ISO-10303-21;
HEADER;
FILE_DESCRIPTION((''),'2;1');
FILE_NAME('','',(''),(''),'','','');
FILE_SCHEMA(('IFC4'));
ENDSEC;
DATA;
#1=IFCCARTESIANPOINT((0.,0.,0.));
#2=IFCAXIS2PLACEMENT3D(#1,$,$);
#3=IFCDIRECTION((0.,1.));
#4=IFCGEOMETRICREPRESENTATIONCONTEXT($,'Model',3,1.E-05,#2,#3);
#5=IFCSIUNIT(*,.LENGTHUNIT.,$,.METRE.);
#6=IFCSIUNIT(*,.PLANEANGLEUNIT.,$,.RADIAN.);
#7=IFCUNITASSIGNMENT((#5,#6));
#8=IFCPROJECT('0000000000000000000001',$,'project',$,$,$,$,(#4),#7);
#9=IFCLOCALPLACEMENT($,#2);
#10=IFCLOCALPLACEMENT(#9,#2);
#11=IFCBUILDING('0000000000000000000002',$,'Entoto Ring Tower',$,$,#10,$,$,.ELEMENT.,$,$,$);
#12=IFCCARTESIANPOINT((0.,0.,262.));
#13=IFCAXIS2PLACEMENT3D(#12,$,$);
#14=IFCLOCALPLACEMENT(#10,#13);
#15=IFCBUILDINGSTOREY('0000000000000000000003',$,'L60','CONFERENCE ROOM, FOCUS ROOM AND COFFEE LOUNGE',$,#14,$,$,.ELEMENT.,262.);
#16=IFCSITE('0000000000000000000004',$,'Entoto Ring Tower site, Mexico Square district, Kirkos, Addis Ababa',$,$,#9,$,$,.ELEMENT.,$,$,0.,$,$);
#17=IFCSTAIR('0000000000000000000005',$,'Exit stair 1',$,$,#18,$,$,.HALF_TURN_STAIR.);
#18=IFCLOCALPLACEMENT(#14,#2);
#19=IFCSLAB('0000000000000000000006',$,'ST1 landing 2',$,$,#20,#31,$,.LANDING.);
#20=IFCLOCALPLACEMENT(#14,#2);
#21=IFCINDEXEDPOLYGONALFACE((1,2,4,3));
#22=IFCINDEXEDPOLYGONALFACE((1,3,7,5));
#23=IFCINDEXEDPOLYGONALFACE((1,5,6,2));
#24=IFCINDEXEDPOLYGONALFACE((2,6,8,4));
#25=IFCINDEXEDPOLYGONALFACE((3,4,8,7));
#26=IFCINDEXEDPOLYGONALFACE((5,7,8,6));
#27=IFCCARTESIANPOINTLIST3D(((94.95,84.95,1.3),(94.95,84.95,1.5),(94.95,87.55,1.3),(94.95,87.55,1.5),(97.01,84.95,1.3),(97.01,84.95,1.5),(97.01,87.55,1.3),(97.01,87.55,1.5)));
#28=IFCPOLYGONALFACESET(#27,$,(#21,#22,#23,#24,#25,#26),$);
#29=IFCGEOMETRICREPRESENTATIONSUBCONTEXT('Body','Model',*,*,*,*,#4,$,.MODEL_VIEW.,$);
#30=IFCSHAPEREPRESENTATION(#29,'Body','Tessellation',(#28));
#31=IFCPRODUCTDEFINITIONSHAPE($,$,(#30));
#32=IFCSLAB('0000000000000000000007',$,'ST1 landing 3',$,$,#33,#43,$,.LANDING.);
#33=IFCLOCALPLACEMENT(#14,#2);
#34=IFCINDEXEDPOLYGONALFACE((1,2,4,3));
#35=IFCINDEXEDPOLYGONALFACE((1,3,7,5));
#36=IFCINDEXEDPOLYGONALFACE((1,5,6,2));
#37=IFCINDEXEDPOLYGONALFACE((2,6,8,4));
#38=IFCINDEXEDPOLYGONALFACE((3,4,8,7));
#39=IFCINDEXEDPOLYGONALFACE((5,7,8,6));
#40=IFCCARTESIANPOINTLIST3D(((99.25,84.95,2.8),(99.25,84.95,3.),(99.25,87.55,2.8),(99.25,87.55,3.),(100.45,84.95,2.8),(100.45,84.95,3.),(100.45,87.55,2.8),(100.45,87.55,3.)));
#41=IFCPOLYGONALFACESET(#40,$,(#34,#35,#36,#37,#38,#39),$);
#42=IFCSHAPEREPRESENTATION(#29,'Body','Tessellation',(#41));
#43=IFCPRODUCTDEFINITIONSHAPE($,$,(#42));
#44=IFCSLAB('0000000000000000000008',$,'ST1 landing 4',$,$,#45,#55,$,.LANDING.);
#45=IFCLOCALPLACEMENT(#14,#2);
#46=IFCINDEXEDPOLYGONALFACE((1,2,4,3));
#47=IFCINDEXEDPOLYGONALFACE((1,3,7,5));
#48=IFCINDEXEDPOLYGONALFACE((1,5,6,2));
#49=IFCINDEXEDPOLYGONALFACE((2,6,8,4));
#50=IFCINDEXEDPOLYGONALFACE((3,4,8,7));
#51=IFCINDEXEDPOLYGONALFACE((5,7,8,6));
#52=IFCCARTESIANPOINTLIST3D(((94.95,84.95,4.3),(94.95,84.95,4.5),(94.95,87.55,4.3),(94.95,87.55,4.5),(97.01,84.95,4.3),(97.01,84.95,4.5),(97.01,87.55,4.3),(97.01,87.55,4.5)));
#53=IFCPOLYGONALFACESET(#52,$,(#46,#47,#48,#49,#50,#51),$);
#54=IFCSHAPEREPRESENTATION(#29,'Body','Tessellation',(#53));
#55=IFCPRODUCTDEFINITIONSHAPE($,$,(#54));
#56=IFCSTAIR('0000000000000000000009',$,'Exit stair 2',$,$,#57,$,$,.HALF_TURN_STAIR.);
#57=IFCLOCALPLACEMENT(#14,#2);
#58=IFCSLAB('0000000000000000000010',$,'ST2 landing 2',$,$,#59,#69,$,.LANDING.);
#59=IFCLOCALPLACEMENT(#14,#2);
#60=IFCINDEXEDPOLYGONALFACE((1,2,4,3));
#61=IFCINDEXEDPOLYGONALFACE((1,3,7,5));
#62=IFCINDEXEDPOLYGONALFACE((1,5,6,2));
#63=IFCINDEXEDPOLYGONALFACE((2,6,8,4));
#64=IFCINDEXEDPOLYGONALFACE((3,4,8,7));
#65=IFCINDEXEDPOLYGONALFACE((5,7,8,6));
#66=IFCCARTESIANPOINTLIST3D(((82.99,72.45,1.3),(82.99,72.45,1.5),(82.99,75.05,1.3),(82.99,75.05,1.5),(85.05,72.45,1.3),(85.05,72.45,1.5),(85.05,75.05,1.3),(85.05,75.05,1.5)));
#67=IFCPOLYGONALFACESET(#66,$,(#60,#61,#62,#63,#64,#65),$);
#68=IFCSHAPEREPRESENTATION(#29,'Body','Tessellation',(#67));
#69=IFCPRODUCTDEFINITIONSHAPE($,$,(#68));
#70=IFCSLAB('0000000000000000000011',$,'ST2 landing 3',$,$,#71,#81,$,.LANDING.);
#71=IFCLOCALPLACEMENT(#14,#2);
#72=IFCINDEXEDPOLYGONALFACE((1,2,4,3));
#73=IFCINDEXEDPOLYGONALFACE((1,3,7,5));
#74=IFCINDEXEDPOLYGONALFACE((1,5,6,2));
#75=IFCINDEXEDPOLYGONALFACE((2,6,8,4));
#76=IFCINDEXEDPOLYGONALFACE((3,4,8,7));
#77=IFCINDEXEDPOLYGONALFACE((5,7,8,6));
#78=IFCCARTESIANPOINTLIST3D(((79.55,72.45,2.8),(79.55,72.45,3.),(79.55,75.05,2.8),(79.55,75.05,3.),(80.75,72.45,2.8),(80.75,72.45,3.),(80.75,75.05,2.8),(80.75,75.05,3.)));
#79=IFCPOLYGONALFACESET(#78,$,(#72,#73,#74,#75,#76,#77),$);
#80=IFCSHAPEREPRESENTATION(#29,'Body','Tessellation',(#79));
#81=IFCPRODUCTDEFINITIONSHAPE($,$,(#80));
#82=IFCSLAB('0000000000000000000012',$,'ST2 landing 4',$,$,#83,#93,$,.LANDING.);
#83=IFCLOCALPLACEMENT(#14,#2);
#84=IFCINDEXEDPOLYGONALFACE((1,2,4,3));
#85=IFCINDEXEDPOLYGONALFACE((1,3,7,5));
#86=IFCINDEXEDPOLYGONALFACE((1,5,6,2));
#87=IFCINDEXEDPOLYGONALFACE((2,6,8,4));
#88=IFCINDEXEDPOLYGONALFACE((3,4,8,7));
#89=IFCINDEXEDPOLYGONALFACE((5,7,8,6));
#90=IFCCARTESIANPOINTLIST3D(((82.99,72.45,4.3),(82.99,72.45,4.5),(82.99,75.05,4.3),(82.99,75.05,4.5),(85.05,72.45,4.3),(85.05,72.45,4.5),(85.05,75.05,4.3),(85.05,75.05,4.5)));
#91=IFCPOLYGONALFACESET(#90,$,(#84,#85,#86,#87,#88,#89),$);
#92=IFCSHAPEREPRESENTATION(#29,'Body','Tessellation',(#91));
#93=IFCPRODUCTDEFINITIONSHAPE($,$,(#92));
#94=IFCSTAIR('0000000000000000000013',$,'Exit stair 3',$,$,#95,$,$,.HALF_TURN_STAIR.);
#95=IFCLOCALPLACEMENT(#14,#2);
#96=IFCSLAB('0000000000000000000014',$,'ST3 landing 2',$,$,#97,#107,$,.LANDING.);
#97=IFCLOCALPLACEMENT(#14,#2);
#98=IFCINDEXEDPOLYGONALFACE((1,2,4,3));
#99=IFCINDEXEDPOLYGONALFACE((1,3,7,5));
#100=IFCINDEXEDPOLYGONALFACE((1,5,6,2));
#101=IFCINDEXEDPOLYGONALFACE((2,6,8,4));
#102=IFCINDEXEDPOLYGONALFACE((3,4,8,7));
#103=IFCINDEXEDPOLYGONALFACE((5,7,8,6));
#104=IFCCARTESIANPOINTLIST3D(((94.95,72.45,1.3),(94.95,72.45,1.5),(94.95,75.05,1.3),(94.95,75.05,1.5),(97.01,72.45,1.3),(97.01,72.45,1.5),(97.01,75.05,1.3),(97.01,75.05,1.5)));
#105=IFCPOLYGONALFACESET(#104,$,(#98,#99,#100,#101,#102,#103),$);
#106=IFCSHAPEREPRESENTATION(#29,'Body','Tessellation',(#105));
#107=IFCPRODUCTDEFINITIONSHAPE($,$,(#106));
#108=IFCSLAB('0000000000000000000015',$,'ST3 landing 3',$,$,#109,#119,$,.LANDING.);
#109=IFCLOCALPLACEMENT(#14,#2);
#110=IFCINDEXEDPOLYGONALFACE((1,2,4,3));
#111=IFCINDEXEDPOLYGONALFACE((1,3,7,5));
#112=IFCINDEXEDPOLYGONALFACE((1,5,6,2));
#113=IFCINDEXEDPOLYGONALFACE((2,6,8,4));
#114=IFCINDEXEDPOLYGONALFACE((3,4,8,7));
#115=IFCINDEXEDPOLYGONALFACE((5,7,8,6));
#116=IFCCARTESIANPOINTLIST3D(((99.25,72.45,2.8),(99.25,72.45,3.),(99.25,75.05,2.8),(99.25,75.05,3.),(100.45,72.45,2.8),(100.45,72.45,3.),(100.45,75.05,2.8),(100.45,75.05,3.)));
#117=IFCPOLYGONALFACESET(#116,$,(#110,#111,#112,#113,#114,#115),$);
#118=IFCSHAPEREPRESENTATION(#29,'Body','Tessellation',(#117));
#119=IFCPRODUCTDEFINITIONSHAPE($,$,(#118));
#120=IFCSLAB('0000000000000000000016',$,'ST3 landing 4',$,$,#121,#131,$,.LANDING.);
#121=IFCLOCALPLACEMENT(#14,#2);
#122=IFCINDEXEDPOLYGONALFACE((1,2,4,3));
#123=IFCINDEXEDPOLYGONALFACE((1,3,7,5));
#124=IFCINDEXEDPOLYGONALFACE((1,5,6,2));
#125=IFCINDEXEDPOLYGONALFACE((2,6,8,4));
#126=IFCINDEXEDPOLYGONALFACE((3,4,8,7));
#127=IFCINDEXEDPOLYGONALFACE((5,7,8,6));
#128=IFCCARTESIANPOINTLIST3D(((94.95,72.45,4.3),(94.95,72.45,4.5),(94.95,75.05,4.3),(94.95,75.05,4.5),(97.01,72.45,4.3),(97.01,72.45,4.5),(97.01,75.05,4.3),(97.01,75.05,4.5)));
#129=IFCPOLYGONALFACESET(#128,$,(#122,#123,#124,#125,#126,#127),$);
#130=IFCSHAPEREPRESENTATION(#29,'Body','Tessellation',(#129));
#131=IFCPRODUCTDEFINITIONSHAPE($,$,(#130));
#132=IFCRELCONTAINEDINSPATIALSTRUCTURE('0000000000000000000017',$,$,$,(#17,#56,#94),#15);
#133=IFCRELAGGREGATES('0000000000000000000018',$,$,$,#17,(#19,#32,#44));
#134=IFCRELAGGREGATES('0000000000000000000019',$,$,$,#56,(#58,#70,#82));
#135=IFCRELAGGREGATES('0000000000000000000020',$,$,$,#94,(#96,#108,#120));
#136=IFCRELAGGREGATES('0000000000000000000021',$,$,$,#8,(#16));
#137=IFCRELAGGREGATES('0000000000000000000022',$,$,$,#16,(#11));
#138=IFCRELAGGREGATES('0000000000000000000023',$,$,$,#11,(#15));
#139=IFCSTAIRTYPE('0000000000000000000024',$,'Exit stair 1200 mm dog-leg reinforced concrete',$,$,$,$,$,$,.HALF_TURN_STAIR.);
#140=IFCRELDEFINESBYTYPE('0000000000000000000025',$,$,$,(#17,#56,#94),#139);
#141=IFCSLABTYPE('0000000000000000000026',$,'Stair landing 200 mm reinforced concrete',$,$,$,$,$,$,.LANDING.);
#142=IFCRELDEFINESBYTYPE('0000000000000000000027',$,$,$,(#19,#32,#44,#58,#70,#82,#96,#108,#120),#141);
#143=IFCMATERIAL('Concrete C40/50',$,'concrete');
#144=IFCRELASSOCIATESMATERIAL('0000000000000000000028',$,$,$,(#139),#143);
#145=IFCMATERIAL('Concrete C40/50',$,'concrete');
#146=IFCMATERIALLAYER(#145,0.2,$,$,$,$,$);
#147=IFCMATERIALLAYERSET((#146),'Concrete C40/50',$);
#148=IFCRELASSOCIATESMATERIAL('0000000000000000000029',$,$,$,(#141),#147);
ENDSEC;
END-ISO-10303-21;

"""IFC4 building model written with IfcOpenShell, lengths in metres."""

from ifc_helpers import new_model, si_unit, direction, frame, origin, place, context, subcontext, project, spatial, polyline, outline, extrude, material, layer, layer_set, type_object, element, aggregate, save


model = new_model("IFC4")

# Units and contexts
model_context = context("Model", 3, precision=1e-05, world=origin(), true_north=direction((0.0, 1.0)))
body_context = subcontext(model_context, "Body", "Model", "MODEL_VIEW")
ifc_project = project(units=[si_unit("LENGTHUNIT", "METRE"), si_unit("PLANEANGLEUNIT", "RADIAN")], contexts=[model_context])

# Site, building, storey
site_placement = place(None, origin())
site = spatial("IfcSite", under=ifc_project, at=site_placement, Name="Entoto Ring Tower site, Mexico Square district, Kirkos, Addis Ababa", CompositionType="ELEMENT", RefElevation=0.0)
building_placement = place(site_placement, origin())
building = spatial("IfcBuilding", under=site, at=building_placement, Name="Entoto Ring Tower", CompositionType="ELEMENT")
storey_placement = place(building_placement, frame((0.0, 0.0, 262.0)))
storey = spatial("IfcBuildingStorey", under=building, at=storey_placement, Name="L60", Description="CONFERENCE ROOM, FOCUS ROOM AND COFFEE LOUNGE", CompositionType="ELEMENT", Elevation=262.0)

# Stairs, slabs
ifc_material_1 = material(Name="Concrete C40/50", Category="concrete")
stair_type = type_object("IfcStairType", Name="Exit stair 1200 mm dog-leg reinforced concrete", PredefinedType="HALF_TURN_STAIR", material=ifc_material_1)
stair_1_placement = place(storey_placement, origin())
stair_1 = element("IfcStair", 1, at=stair_1_placement, inside=storey, type_object=stair_type, Name="Exit stair 1", PredefinedType="HALF_TURN_STAIR")
ifc_material_2 = material(Name="Concrete C40/50", Category="concrete")
ifc_layer = layer(ifc_material_2, 0.2)
ifc_layer_set = layer_set([ifc_layer], Name="Concrete C40/50")
slab_type = type_object("IfcSlabType", Name="Stair landing 200 mm reinforced concrete", PredefinedType="LANDING", material=ifc_layer_set)
slab_1_placement = place(storey_placement, frame((0.0, 0.0, 1.3)))
slab_1 = element("IfcSlab", 2, at=slab_1_placement, type_object=slab_type, Name="ST1 landing 2", PredefinedType="LANDING", context=body_context, shape_type="SweptSolid", body=[
    extrude(outline(polyline([(94.95, 84.95), (97.01, 84.95), (97.01, 87.55), (94.95, 87.55), (94.95, 84.95)])), origin(), (0.0, 0.0, 1.0), 0.2),
])
slab_2_placement = place(storey_placement, frame((0.0, 0.0, 2.8)))
slab_2 = element("IfcSlab", 3, at=slab_2_placement, type_object=slab_type, Name="ST1 landing 3", PredefinedType="LANDING", context=body_context, shape_type="SweptSolid", body=[
    extrude(outline(polyline([(99.25, 84.95), (100.45, 84.95), (100.45, 87.55), (99.25, 87.55), (99.25, 84.95)])), origin(), (0.0, 0.0, 1.0), 0.2),
])
slab_3_placement = place(storey_placement, frame((0.0, 0.0, 4.3)))
slab_3 = element("IfcSlab", 4, at=slab_3_placement, type_object=slab_type, Name="ST1 landing 4", PredefinedType="LANDING", context=body_context, shape_type="SweptSolid", body=[
    extrude(outline(polyline([(94.95, 84.95), (97.01, 84.95), (97.01, 87.55), (94.95, 87.55), (94.95, 84.95)])), origin(), (0.0, 0.0, 1.0), 0.2),
])
aggregate(stair_1, [slab_1, slab_2, slab_3])
stair_2_placement = place(storey_placement, origin())
stair_2 = element("IfcStair", 5, at=stair_2_placement, inside=storey, type_object=stair_type, Name="Exit stair 2", PredefinedType="HALF_TURN_STAIR")
slab_4_placement = place(storey_placement, frame((0.0, 0.0, 1.3)))
slab_4 = element("IfcSlab", 6, at=slab_4_placement, type_object=slab_type, Name="ST2 landing 2", PredefinedType="LANDING", context=body_context, shape_type="SweptSolid", body=[
    extrude(outline(polyline([(82.99, 72.45), (85.05, 72.45), (85.05, 75.05), (82.99, 75.05), (82.99, 72.45)])), origin(), (0.0, 0.0, 1.0), 0.2),
])
slab_5_placement = place(storey_placement, frame((0.0, 0.0, 2.8)))
slab_5 = element("IfcSlab", 7, at=slab_5_placement, type_object=slab_type, Name="ST2 landing 3", PredefinedType="LANDING", context=body_context, shape_type="SweptSolid", body=[
    extrude(outline(polyline([(79.55, 72.45), (80.75, 72.45), (80.75, 75.05), (79.55, 75.05), (79.55, 72.45)])), origin(), (0.0, 0.0, 1.0), 0.2),
])
slab_6_placement = place(storey_placement, frame((0.0, 0.0, 4.3)))
slab_6 = element("IfcSlab", 8, at=slab_6_placement, type_object=slab_type, Name="ST2 landing 4", PredefinedType="LANDING", context=body_context, shape_type="SweptSolid", body=[
    extrude(outline(polyline([(82.99, 72.45), (85.05, 72.45), (85.05, 75.05), (82.99, 75.05), (82.99, 72.45)])), origin(), (0.0, 0.0, 1.0), 0.2),
])
aggregate(stair_2, [slab_4, slab_5, slab_6])
stair_3_placement = place(storey_placement, origin())
stair_3 = element("IfcStair", 9, at=stair_3_placement, inside=storey, type_object=stair_type, Name="Exit stair 3", PredefinedType="HALF_TURN_STAIR")
slab_7_placement = place(storey_placement, frame((0.0, 0.0, 1.3)))
slab_7 = element("IfcSlab", 10, at=slab_7_placement, type_object=slab_type, Name="ST3 landing 2", PredefinedType="LANDING", context=body_context, shape_type="SweptSolid", body=[
    extrude(outline(polyline([(94.95, 72.45), (97.01, 72.45), (97.01, 75.05), (94.95, 75.05), (94.95, 72.45)])), origin(), (0.0, 0.0, 1.0), 0.2),
])
slab_8_placement = place(storey_placement, frame((0.0, 0.0, 2.8)))
slab_8 = element("IfcSlab", 11, at=slab_8_placement, type_object=slab_type, Name="ST3 landing 3", PredefinedType="LANDING", context=body_context, shape_type="SweptSolid", body=[
    extrude(outline(polyline([(99.25, 72.45), (100.45, 72.45), (100.45, 75.05), (99.25, 75.05), (99.25, 72.45)])), origin(), (0.0, 0.0, 1.0), 0.2),
])
slab_9_placement = place(storey_placement, frame((0.0, 0.0, 4.3)))
slab_9 = element("IfcSlab", 12, at=slab_9_placement, type_object=slab_type, Name="ST3 landing 4", PredefinedType="LANDING", context=body_context, shape_type="SweptSolid", body=[
    extrude(outline(polyline([(94.95, 72.45), (97.01, 72.45), (97.01, 75.05), (94.95, 75.05), (94.95, 72.45)])), origin(), (0.0, 0.0, 1.0), 0.2),
])
aggregate(stair_3, [slab_7, slab_8, slab_9])

save(model, "model.ifc")
